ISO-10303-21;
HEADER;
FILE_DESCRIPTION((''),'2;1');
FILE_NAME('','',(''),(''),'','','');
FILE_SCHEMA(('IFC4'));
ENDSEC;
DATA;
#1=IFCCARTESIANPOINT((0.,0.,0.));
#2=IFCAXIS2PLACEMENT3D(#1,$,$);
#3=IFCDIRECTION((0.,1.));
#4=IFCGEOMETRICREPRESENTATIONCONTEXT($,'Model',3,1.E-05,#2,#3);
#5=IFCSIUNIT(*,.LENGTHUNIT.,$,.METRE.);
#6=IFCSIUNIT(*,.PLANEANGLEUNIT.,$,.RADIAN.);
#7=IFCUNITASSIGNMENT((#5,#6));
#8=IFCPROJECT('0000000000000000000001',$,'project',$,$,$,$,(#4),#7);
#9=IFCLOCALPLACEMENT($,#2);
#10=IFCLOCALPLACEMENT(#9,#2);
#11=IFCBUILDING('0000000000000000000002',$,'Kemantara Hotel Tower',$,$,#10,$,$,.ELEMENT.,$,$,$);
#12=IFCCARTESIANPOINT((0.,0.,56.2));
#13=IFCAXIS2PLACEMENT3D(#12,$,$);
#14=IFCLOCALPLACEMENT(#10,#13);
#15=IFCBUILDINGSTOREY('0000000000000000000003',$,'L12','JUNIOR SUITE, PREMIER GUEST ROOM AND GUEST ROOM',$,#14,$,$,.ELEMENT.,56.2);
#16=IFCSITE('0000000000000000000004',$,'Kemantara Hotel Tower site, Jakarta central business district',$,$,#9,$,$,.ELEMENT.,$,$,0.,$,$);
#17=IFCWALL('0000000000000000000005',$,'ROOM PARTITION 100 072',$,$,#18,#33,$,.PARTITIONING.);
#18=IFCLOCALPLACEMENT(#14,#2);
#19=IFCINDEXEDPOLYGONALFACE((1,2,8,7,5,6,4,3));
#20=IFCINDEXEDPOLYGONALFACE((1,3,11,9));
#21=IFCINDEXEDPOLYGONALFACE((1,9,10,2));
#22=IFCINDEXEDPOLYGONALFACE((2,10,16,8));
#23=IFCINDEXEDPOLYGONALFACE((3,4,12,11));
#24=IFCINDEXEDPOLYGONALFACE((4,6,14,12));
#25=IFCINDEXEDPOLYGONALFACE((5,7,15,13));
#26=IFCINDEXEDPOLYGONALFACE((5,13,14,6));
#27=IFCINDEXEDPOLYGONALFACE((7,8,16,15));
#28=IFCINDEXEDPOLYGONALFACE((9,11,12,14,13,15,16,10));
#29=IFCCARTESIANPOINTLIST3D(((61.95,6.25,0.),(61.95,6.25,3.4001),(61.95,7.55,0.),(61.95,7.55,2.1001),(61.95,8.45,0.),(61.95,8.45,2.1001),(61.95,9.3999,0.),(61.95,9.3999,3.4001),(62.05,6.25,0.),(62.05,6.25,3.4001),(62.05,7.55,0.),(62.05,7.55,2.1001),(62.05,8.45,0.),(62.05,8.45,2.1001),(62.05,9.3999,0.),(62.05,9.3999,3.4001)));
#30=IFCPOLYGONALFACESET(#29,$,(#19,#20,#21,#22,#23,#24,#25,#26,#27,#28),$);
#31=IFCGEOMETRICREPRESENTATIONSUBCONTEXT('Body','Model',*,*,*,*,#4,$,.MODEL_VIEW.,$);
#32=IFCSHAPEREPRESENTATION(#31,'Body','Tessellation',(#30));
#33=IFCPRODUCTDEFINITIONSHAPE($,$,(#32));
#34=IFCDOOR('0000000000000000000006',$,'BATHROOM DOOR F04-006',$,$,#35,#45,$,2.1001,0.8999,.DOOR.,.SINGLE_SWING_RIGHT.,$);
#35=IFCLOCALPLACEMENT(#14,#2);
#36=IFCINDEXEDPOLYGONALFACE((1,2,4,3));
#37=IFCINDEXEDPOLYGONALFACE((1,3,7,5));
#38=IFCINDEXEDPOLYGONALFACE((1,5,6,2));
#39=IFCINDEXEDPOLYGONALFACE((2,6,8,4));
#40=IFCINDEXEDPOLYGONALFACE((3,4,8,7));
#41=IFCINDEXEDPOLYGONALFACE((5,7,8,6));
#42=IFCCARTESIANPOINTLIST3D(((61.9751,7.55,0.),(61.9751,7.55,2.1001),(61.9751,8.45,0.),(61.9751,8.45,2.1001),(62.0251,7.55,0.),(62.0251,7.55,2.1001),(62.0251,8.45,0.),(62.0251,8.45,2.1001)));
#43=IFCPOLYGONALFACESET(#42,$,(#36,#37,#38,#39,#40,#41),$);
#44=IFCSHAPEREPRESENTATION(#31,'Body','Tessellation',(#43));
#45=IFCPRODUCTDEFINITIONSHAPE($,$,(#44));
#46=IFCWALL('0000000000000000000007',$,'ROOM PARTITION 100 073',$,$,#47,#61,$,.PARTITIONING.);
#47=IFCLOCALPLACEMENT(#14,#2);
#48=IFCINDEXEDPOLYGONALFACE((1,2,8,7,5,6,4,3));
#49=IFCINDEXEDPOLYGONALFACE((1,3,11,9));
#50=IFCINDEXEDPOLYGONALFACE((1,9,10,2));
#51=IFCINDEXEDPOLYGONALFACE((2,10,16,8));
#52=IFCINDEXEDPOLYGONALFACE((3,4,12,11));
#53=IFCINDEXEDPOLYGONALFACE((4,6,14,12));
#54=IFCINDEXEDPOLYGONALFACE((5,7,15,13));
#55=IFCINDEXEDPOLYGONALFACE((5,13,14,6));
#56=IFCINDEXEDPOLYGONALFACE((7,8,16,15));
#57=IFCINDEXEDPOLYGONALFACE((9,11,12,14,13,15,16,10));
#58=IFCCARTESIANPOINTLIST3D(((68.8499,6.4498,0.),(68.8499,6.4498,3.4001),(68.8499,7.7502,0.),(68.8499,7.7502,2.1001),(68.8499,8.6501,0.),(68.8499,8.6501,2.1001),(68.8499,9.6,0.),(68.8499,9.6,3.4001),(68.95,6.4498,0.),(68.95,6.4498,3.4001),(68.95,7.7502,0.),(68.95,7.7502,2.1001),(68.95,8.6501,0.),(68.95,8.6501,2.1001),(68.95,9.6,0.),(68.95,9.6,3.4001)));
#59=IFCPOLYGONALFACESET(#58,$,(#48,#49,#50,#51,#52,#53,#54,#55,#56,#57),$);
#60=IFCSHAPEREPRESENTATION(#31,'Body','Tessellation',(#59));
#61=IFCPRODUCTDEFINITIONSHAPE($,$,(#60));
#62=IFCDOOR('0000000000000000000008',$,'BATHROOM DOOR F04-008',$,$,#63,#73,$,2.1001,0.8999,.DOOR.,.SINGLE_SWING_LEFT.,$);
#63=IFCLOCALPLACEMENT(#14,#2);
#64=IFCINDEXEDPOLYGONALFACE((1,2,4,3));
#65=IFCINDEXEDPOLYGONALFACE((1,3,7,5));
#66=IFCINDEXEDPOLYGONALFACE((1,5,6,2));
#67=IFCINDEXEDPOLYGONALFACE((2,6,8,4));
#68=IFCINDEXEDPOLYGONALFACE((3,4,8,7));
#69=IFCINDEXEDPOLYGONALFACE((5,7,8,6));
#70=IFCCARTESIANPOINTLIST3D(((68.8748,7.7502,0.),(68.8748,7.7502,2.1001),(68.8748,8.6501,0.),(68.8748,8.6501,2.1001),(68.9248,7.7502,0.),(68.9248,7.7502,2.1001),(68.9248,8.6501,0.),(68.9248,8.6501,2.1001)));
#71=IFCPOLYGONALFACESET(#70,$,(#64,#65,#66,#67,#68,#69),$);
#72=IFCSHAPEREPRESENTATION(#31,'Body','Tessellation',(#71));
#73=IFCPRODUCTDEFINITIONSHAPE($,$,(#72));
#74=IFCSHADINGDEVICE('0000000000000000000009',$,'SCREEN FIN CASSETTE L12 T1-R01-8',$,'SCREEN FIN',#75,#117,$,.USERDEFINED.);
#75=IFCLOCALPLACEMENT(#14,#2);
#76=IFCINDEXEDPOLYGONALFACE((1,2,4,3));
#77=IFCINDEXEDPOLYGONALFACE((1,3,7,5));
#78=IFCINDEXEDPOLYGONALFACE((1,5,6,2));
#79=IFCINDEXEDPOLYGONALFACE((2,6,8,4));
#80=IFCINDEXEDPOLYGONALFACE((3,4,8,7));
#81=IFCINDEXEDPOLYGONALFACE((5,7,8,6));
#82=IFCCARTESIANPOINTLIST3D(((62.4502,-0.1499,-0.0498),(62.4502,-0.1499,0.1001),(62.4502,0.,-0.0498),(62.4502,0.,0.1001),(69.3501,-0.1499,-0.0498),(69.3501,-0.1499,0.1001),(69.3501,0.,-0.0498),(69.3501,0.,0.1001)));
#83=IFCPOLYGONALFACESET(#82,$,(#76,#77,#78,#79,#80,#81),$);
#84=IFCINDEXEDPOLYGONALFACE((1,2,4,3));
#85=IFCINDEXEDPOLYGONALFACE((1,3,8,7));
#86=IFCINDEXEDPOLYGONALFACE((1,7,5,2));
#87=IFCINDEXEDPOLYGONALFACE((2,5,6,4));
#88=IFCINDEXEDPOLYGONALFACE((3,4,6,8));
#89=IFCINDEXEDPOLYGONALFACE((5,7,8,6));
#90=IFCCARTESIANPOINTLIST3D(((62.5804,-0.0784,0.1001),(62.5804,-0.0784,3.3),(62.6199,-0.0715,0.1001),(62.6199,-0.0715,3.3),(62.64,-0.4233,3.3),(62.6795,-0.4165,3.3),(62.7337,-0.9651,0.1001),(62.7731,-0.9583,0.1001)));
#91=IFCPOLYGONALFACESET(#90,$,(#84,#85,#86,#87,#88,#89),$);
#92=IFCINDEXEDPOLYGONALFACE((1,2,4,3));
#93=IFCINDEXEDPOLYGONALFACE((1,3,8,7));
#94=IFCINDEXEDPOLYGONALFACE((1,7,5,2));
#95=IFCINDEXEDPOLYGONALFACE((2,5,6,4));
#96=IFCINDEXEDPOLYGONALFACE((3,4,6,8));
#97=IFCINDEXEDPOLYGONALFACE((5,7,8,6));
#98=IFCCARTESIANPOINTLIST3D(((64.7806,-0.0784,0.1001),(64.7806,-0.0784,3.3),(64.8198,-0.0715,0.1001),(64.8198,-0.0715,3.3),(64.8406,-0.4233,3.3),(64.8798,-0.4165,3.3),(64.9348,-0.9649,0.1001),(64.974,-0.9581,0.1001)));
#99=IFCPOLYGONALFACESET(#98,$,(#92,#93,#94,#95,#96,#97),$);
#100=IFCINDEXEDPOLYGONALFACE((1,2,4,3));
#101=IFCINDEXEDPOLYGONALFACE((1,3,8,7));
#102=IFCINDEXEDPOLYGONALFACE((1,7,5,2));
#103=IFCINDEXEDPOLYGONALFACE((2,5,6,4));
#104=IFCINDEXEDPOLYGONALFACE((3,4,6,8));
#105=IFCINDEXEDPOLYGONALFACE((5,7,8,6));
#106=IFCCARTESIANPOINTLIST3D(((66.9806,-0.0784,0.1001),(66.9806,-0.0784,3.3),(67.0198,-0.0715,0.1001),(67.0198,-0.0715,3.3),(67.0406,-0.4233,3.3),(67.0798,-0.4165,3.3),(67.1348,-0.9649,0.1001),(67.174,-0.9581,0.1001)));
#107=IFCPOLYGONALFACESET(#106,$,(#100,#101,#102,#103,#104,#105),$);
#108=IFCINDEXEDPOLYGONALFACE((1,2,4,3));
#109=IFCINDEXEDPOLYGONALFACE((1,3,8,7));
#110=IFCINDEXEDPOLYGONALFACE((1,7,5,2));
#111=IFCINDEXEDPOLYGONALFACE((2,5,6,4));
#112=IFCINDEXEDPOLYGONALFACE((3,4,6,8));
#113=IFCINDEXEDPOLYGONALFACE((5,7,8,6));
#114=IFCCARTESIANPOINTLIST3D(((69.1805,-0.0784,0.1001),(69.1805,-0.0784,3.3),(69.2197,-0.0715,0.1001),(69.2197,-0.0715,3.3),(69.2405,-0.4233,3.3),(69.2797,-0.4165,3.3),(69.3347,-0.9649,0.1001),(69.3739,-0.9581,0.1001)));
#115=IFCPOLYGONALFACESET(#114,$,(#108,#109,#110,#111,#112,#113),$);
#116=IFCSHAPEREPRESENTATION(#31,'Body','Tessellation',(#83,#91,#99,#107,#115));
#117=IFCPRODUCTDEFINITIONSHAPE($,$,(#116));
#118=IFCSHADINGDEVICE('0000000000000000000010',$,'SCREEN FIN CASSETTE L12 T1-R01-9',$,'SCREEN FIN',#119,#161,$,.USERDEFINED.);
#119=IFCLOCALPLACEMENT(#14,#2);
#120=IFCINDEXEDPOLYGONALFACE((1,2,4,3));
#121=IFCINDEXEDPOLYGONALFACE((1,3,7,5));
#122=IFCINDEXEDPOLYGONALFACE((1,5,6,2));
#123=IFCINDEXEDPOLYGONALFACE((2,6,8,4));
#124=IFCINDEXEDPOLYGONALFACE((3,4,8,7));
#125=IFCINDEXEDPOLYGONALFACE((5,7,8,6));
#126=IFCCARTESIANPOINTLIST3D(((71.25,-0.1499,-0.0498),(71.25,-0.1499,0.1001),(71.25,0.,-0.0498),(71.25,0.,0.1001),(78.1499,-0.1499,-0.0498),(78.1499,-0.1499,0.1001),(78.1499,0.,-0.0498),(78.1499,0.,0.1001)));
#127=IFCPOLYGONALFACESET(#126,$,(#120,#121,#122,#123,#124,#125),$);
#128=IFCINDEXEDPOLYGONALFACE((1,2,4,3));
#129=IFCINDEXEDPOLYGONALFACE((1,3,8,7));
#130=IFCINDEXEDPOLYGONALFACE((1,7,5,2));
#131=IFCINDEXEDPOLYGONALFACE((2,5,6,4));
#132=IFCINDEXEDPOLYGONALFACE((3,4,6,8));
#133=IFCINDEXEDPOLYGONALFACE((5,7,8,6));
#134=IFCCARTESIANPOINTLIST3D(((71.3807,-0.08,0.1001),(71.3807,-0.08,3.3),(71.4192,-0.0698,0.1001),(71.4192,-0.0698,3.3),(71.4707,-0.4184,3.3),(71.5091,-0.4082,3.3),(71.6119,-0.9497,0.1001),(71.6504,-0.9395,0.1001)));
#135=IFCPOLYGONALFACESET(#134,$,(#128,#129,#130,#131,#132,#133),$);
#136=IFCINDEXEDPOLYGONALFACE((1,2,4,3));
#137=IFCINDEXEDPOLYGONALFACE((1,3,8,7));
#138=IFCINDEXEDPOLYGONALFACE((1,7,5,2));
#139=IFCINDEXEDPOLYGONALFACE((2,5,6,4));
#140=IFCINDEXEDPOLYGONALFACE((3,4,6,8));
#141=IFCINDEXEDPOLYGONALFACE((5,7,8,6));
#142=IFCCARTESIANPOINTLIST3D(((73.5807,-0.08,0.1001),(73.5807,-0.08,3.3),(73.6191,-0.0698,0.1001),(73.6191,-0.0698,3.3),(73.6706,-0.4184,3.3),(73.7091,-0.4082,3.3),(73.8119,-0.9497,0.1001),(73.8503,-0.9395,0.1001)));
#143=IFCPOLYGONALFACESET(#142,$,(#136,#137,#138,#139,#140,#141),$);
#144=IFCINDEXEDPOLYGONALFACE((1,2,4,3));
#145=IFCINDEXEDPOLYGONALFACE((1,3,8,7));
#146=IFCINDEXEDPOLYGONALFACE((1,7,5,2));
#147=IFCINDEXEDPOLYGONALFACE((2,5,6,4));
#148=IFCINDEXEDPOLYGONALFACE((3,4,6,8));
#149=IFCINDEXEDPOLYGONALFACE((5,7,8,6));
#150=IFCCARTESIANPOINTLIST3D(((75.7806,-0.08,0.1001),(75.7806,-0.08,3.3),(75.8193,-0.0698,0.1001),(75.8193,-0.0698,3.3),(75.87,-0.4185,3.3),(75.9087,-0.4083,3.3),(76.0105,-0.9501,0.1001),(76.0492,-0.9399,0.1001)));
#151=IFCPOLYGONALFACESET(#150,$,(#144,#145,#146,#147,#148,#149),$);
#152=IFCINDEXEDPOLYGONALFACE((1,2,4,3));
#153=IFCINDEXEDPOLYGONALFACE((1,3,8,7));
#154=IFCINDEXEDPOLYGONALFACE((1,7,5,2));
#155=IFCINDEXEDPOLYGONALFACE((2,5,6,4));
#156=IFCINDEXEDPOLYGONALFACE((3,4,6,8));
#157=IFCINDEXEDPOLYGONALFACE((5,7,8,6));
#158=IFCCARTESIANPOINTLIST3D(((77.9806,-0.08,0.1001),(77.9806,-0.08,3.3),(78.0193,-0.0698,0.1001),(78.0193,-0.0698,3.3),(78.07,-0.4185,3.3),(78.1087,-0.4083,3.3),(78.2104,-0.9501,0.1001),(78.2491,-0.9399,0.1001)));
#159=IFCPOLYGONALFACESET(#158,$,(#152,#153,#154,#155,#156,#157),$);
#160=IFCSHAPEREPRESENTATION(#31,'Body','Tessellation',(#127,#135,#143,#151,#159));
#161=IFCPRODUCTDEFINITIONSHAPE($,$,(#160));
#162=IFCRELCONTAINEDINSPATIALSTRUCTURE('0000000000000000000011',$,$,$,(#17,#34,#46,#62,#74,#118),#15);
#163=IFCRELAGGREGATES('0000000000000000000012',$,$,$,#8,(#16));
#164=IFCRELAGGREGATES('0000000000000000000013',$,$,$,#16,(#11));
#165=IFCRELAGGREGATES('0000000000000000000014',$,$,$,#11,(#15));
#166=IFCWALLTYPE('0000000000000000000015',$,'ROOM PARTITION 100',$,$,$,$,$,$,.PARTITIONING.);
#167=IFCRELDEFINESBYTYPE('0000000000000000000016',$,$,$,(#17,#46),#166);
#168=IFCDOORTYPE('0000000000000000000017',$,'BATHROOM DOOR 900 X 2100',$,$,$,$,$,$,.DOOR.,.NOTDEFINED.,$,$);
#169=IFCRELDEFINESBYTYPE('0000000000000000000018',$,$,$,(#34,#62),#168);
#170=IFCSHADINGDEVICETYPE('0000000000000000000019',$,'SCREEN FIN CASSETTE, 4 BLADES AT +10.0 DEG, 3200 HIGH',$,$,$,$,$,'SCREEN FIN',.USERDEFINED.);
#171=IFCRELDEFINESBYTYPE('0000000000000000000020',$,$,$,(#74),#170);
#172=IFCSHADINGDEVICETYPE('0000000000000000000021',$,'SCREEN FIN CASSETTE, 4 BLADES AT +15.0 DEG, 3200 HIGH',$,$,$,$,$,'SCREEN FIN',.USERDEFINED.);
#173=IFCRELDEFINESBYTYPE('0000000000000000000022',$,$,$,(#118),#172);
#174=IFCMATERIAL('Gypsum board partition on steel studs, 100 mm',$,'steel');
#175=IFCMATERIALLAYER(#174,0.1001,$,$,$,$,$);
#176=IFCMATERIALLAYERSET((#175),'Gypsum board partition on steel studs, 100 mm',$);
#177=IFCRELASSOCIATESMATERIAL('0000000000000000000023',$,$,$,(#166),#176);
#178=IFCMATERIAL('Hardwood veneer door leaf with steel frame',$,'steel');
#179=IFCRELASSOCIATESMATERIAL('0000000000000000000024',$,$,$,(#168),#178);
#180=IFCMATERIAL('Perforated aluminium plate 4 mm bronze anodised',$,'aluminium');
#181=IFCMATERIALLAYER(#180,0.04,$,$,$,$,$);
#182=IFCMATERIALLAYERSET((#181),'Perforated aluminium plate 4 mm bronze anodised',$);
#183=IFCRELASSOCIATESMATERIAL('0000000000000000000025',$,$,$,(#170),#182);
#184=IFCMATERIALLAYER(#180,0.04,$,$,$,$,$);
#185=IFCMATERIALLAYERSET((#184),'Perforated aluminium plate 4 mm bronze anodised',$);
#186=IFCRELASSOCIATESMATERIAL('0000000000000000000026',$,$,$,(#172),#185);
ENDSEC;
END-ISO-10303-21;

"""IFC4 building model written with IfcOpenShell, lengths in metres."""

from ifc_helpers import new_model, si_unit, direction, frame, frame_2d, origin, origin_2d, place, context, subcontext, project, spatial, polyline, rectangle, outline, extrude, source, transform, mapped, material, layer, layer_set, type_object, element, fill, save


model = new_model("IFC4")

# Units and contexts
model_context = context("Model", 3, precision=1e-05, world=origin(), true_north=direction((0.0, 1.0)))
body_context = subcontext(model_context, "Body", "Model", "MODEL_VIEW")
ifc_project = project(units=[si_unit("LENGTHUNIT", "METRE"), si_unit("PLANEANGLEUNIT", "RADIAN")], contexts=[model_context])

# Site, building, storey
site_placement = place(None, origin())
site = spatial("IfcSite", under=ifc_project, at=site_placement, Name="Kemantara Hotel Tower site, Jakarta central business district", CompositionType="ELEMENT", RefElevation=0.0)
building_placement = place(site_placement, origin())
building = spatial("IfcBuilding", under=site, at=building_placement, Name="Kemantara Hotel Tower", CompositionType="ELEMENT")
storey_placement = place(building_placement, frame((0.0, 0.0, 56.2)))
storey = spatial("IfcBuildingStorey", under=building, at=storey_placement, Name="L12", Description="JUNIOR SUITE, PREMIER GUEST ROOM AND GUEST ROOM", CompositionType="ELEMENT", Elevation=56.2)

# Shared definitions
ifc_material_1 = material(Name="Hardwood veneer door leaf with steel frame", Category="steel")

# Shared definitions
ifc_material_2 = material(Name="Gypsum board partition on steel studs, 100 mm", Category="steel")
ifc_layer_1 = layer(ifc_material_2, 0.1001)
ifc_layer_set_1 = layer_set([ifc_layer_1], Name="Gypsum board partition on steel studs, 100 mm")
wall_type_1 = type_object("IfcWallType", Name="ROOM PARTITION 100", PredefinedType="PARTITIONING", material=ifc_layer_set_1)

# Walls, openings, doors
wall_1_placement = place(storey_placement, frame((62.0, 6.25, 0.0), z_axis=(0.0, 0.0, 1.0), x_axis=(0.0, 1.0, 0.0)))
wall_1 = element("IfcWall", 1, at=wall_1_placement, inside=storey, type_object=wall_type_1, Name="ROOM PARTITION 100 072", PredefinedType="PARTITIONING", context=body_context, shape_type="SweptSolid", body=[
    extrude(rectangle(XDim=3.1499, YDim=0.1001, at=frame_2d((1.575, 0.0))), origin(), (0.0, 0.0, 1.0), 3.4001),
])
opening_1_placement = place(wall_1_placement, frame((1.3, 0.0, 0.0)))
opening_1 = element("IfcOpeningElement", 2, at=opening_1_placement, cuts=wall_1, PredefinedType="OPENING", context=body_context, shape_type="SweptSolid", body=[
    extrude(rectangle(XDim=0.8999, YDim=2.1001, at=frame_2d((0.45, 1.05))), frame((0.0, 0.0601, 0.0), z_axis=(0.0, -1.0, 0.0), x_axis=(1.0, 0.0, 0.0)), (0.0, 0.0, 1.0), 0.1201),
])
door_type_1 = type_object("IfcDoorType", Name="BATHROOM DOOR 900 X 2100", OperationType="NOTDEFINED", PredefinedType="DOOR", material=ifc_material_1)
door_1_placement = place(opening_1_placement, origin())
door_1 = element("IfcDoor", 3, at=door_1_placement, inside=storey, type_object=door_type_1, Name="BATHROOM DOOR F04-006", OperationType="SINGLE_SWING_RIGHT", OverallHeight=2.1001, OverallWidth=0.8999, PredefinedType="DOOR", context=body_context, shape_type="SweptSolid", body=[
    extrude(rectangle(XDim=0.8999, YDim=2.1001, at=frame_2d((0.45, 1.05))), frame((0.0, 0.0249, 0.0), z_axis=(0.0, -1.0, 0.0), x_axis=(1.0, 0.0, 0.0)), (0.0, 0.0, 1.0), 0.05),
])
fill(opening_1, door_1)
wall_2_placement = place(storey_placement, frame((68.8999, 9.6001, 0.0), z_axis=(0.0, 0.0, 1.0), x_axis=(0.0, -1.0, 0.0)))
wall_2 = element("IfcWall", 4, at=wall_2_placement, inside=storey, type_object=wall_type_1, Name="ROOM PARTITION 100 073", PredefinedType="PARTITIONING", context=body_context, shape_type="SweptSolid", body=[
    extrude(rectangle(XDim=3.1501, YDim=0.1001, at=frame_2d((1.5752, 0.0))), origin(), (0.0, 0.0, 1.0), 3.4001),
])
opening_2_placement = place(wall_2_placement, frame((0.95, 0.0, 0.0)))
opening_2 = element("IfcOpeningElement", 5, at=opening_2_placement, cuts=wall_2, PredefinedType="OPENING", context=body_context, shape_type="SweptSolid", body=[
    extrude(rectangle(XDim=0.8999, YDim=2.1001, at=frame_2d((0.45, 1.05))), frame((0.0, 0.0601, 0.0), z_axis=(0.0, -1.0, 0.0), x_axis=(1.0, 0.0, 0.0)), (0.0, 0.0, 1.0), 0.1201),
])
door_2_placement = place(opening_2_placement, origin())
door_2 = element("IfcDoor", 6, at=door_2_placement, inside=storey, type_object=door_type_1, Name="BATHROOM DOOR F04-008", OperationType="SINGLE_SWING_LEFT", OverallHeight=2.1001, OverallWidth=0.8999, PredefinedType="DOOR", context=body_context, shape_type="SweptSolid", body=[
    extrude(rectangle(XDim=0.8999, YDim=2.1001, at=frame_2d((0.45, 1.05))), frame((0.0, 0.0249, 0.0), z_axis=(0.0, -1.0, 0.0), x_axis=(1.0, 0.0, 0.0)), (0.0, 0.0, 1.0), 0.05),
])
fill(opening_2, door_2)

# Shading devices
ifc_material_3 = material(Name="Perforated aluminium plate 4 mm bronze anodised", Category="aluminium")
ifc_layer_2 = layer(ifc_material_3, 0.04)
ifc_layer_set_2 = layer_set([ifc_layer_2], Name="Perforated aluminium plate 4 mm bronze anodised")
shading_device_type_1 = type_object("IfcShadingDeviceType", Name="SCREEN FIN CASSETTE, 4 BLADES AT +10.0 DEG, 3200 HIGH", ElementType="SCREEN FIN", PredefinedType="USERDEFINED", material=ifc_layer_set_2)
shared_shape_1 = source(origin(), body_context, "Body", "SweptSolid", [
    extrude(rectangle(XDim=6.8999, YDim=0.1499, at=origin_2d()), frame((3.3, -0.075, -0.1499), z_axis=(0.0, 0.0, 1.0), x_axis=(1.0, 0.0, 0.0)), (0.0, 0.0, 1.0), 0.1499),
    extrude(outline(polyline([(0.0, 0.0), (0.8999, 0.0), (0.3501, 3.2), (0.0, 3.2), (0.0, 0.0)])), frame((0.0198, -0.0715, 0.0), z_axis=(-0.98539, -0.170314, 0.0), x_axis=(0.170314, -0.98539, 0.0)), (0.0, 0.0, 1.0), 0.04),
    extrude(outline(polyline([(0.0, 0.0), (0.8999, 0.0), (0.3501, 3.2), (0.0, 3.2), (0.0, 0.0)])), frame((2.2197, -0.0715, 0.0), z_axis=(-0.985212, -0.171341, 0.0), x_axis=(0.171341, -0.985212, 0.0)), (0.0, 0.0, 1.0), 0.0398),
    extrude(outline(polyline([(0.0, 0.0), (0.8999, 0.0), (0.3501, 3.2), (0.0, 3.2), (0.0, 0.0)])), frame((4.4197, -0.0715, 0.0), z_axis=(-0.985212, -0.171341, 0.0), x_axis=(0.171341, -0.985212, 0.0)), (0.0, 0.0, 1.0), 0.0398),
    extrude(outline(polyline([(0.0, 0.0), (0.8999, 0.0), (0.3501, 3.2), (0.0, 3.2), (0.0, 0.0)])), frame((6.6196, -0.0715, 0.0), z_axis=(-0.985212, -0.171341, 0.0), x_axis=(0.171341, -0.985212, 0.0)), (0.0, 0.0, 1.0), 0.0398),
])
shading_device_1_placement = place(storey_placement, frame((62.6001, 0.0, 0.1001), z_axis=(0.0, 0.0, 1.0), x_axis=(1.0, 0.0, 0.0)))
element("IfcShadingDevice", 7, at=shading_device_1_placement, inside=storey, type_object=shading_device_type_1, Name="SCREEN FIN CASSETTE L12 T1-R01-8", ObjectType="SCREEN FIN", PredefinedType="USERDEFINED", context=body_context, shape_type="MappedRepresentation", body=[
    mapped(shared_shape_1, transform((0.0, 0.0, 0.0))),
])
ifc_layer_3 = layer(ifc_material_3, 0.04)
ifc_layer_set_3 = layer_set([ifc_layer_3], Name="Perforated aluminium plate 4 mm bronze anodised")
shading_device_type_2 = type_object("IfcShadingDeviceType", Name="SCREEN FIN CASSETTE, 4 BLADES AT +15.0 DEG, 3200 HIGH", ElementType="SCREEN FIN", PredefinedType="USERDEFINED", material=ifc_layer_set_3)
shared_shape_2 = source(origin(), body_context, "Body", "SweptSolid", [
    extrude(rectangle(XDim=6.8999, YDim=0.1499, at=origin_2d()), frame((3.3, -0.075, -0.1499), z_axis=(0.0, 0.0, 1.0), x_axis=(1.0, 0.0, 0.0)), (0.0, 0.0, 1.0), 0.1499),
    extrude(outline(polyline([(0.0, 0.0), (0.8999, 0.0), (0.3501, 3.2), (0.0, 3.2), (0.0, 0.0)])), frame((0.0193, -0.0698, 0.0), z_axis=(-0.966438, -0.256901, 0.0), x_axis=(0.256901, -0.966438, 0.0)), (0.0, 0.0, 1.0), 0.0398),
    extrude(outline(polyline([(0.0, 0.0), (0.8999, 0.0), (0.3501, 3.2), (0.0, 3.2), (0.0, 0.0)])), frame((2.2192, -0.0698, 0.0), z_axis=(-0.966438, -0.256901, 0.0), x_axis=(0.256901, -0.966438, 0.0)), (0.0, 0.0, 1.0), 0.0398),
    extrude(outline(polyline([(0.0, 0.0), (0.8999, 0.0), (0.3501, 3.2), (0.0, 3.2), (0.0, 0.0)])), frame((4.4194, -0.0698, 0.0), z_axis=(-0.966838, -0.255391, 0.0), x_axis=(0.255391, -0.966838, 0.0)), (0.0, 0.0, 1.0), 0.04),
    extrude(outline(polyline([(0.0, 0.0), (0.8999, 0.0), (0.3501, 3.2), (0.0, 3.2), (0.0, 0.0)])), frame((6.6194, -0.0698, 0.0), z_axis=(-0.966838, -0.255391, 0.0), x_axis=(0.255391, -0.966838, 0.0)), (0.0, 0.0, 1.0), 0.04),
])
shading_device_2_placement = place(storey_placement, frame((71.3999, 0.0, 0.1001), z_axis=(0.0, 0.0, 1.0), x_axis=(1.0, 0.0, 0.0)))
element("IfcShadingDevice", 8, at=shading_device_2_placement, inside=storey, type_object=shading_device_type_2, Name="SCREEN FIN CASSETTE L12 T1-R01-9", ObjectType="SCREEN FIN", PredefinedType="USERDEFINED", context=body_context, shape_type="MappedRepresentation", body=[
    mapped(shared_shape_2, transform((0.0, 0.0, 0.0))),
])

save(model, "model.ifc")
